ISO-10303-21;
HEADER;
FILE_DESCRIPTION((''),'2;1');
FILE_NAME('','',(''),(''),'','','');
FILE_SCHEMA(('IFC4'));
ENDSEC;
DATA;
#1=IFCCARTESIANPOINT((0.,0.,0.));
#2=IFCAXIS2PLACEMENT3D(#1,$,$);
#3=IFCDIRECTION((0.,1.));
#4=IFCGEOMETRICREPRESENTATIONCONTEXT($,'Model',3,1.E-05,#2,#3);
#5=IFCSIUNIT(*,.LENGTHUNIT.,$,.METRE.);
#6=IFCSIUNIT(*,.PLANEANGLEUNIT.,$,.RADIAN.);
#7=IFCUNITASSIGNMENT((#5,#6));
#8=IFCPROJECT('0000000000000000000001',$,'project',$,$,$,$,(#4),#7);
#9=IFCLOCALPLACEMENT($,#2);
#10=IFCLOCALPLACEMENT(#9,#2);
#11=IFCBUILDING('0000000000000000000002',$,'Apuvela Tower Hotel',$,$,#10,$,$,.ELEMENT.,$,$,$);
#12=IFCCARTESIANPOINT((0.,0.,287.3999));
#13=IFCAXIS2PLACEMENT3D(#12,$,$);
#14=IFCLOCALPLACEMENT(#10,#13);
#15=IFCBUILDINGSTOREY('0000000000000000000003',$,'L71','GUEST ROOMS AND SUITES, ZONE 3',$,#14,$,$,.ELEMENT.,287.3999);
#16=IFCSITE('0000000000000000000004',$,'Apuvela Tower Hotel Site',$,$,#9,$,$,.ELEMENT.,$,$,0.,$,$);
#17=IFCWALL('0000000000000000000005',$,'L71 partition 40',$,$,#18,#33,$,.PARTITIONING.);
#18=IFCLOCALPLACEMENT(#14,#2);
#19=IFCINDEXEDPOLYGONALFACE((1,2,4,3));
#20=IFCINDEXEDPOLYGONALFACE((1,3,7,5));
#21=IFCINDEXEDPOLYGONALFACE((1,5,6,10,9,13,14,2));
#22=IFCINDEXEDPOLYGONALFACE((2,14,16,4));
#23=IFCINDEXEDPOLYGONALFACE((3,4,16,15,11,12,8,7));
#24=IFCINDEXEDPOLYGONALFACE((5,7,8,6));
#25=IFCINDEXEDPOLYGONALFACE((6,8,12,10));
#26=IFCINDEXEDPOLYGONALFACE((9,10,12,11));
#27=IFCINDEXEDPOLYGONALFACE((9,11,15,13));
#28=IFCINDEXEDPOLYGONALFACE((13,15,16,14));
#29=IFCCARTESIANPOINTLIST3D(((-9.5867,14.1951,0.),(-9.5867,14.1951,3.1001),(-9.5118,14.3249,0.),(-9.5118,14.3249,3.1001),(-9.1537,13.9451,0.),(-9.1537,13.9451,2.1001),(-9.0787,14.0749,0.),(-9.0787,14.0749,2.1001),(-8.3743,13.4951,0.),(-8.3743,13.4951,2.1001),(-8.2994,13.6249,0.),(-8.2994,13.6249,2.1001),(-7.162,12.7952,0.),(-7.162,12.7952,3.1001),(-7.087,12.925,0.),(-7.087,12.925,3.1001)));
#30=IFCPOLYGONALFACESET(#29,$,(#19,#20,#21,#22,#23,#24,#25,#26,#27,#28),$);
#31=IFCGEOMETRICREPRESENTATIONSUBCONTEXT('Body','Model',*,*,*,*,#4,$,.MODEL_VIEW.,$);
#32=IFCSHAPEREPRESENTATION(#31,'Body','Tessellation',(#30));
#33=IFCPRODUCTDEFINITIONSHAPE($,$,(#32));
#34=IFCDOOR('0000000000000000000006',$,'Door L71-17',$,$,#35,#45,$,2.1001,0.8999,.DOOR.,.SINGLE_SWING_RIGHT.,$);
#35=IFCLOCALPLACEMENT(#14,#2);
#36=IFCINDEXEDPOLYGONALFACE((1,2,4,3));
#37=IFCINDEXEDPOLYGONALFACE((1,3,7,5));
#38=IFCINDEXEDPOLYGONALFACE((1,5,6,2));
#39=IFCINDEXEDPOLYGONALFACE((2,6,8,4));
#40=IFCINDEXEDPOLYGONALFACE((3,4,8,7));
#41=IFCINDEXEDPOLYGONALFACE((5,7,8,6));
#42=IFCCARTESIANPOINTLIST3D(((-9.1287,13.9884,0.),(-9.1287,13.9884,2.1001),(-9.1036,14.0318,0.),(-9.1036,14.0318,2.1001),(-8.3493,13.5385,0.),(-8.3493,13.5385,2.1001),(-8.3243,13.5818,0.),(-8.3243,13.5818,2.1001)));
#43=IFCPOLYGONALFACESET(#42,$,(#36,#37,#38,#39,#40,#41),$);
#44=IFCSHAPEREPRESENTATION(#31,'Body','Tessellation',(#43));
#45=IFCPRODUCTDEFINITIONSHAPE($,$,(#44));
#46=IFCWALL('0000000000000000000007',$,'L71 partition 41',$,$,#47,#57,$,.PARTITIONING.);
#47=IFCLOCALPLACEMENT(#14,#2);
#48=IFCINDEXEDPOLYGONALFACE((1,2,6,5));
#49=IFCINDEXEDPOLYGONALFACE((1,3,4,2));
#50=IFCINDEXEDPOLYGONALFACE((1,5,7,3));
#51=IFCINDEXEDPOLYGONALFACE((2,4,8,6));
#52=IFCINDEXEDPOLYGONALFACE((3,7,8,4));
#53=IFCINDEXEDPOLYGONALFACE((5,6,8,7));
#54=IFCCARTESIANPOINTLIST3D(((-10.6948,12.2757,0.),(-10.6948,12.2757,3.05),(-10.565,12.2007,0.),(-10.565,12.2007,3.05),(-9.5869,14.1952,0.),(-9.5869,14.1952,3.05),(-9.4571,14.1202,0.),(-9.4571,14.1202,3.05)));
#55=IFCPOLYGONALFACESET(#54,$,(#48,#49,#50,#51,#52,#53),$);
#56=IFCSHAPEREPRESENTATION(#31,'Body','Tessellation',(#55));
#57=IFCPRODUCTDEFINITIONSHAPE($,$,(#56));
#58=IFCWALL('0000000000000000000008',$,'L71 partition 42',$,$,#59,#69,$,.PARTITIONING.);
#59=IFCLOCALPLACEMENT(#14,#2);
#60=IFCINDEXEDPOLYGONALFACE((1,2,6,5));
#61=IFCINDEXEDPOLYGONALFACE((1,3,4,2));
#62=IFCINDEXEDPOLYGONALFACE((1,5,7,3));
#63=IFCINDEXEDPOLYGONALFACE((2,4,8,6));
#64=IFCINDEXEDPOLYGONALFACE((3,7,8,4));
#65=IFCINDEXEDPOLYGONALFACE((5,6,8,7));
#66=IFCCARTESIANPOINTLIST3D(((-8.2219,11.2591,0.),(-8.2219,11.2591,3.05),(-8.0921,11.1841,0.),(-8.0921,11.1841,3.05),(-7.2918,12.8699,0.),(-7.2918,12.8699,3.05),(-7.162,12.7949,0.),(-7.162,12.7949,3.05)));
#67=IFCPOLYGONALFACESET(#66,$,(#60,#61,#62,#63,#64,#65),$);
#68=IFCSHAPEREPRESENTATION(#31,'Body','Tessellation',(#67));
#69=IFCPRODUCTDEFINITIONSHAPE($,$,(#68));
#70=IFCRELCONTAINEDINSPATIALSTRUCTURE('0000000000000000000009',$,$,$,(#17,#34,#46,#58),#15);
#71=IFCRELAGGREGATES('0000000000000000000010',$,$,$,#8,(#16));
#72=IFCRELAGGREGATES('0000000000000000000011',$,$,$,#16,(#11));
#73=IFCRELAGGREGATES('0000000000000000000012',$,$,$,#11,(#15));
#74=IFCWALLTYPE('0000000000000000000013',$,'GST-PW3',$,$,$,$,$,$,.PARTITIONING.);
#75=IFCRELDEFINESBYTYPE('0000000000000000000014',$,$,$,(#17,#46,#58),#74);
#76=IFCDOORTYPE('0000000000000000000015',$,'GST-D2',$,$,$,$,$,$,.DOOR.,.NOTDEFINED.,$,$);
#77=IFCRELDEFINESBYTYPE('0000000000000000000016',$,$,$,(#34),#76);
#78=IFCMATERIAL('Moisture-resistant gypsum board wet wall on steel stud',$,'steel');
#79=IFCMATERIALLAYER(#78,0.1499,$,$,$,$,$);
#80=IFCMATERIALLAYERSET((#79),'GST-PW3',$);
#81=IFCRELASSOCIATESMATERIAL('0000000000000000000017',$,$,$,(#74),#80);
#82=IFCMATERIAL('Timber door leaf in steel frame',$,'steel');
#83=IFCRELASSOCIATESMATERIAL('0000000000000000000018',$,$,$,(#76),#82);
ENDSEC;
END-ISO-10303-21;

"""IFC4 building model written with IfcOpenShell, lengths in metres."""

from ifc_helpers import new_model, si_unit, direction, frame, frame_2d, origin, place, context, subcontext, project, spatial, rectangle, extrude, material, layer, layer_set, type_object, element, fill, save


model = new_model("IFC4")

# Units and contexts
model_context = context("Model", 3, precision=1e-05, world=origin(), true_north=direction((0.0, 1.0)))
body_context = subcontext(model_context, "Body", "Model", "MODEL_VIEW")
ifc_project = project(units=[si_unit("LENGTHUNIT", "METRE"), si_unit("PLANEANGLEUNIT", "RADIAN")], contexts=[model_context])

# Site, building, storey
site_placement = place(None, origin())
site = spatial("IfcSite", under=ifc_project, at=site_placement, Name="Apuvela Tower Hotel Site", CompositionType="ELEMENT", RefElevation=0.0)
building_placement = place(site_placement, origin())
building = spatial("IfcBuilding", under=site, at=building_placement, Name="Apuvela Tower Hotel", CompositionType="ELEMENT")
storey_placement = place(building_placement, frame((0.0, 0.0, 287.3999)))
storey = spatial("IfcBuildingStorey", under=building, at=storey_placement, Name="L71", Description="GUEST ROOMS AND SUITES, ZONE 3", CompositionType="ELEMENT", Elevation=287.3999)

# Wall, opening, door
ifc_material_1 = material(Name="Moisture-resistant gypsum board wet wall on steel stud", Category="steel")
ifc_layer_1 = layer(ifc_material_1, 0.1499)
ifc_layer_set_1 = layer_set([ifc_layer_1], Name="GST-PW3")
wall_type_1 = type_object("IfcWallType", Name="GST-PW3", PredefinedType="PARTITIONING", material=ifc_layer_set_1)
wall_1_placement = place(storey_placement, frame((-7.1245, 12.8601, 0.0), z_axis=(0.0, 0.0, 1.0), x_axis=(-0.866035, 0.499984, 0.0)))
wall_1 = element("IfcWall", 1, at=wall_1_placement, inside=storey, type_object=wall_type_1, Name="L71 partition 40", PredefinedType="PARTITIONING", context=body_context, shape_type="SweptSolid", body=[
    extrude(rectangle(XDim=2.7998, YDim=0.1499, at=frame_2d((1.3999, 0.0))), origin(), (0.0, 0.0, 1.0), 3.1001),
])
opening_1_placement = place(wall_1_placement, frame((1.3999, 0.0, 0.0)))
opening_1 = element("IfcOpeningElement", 2, at=opening_1_placement, cuts=wall_1, PredefinedType="OPENING", context=body_context, shape_type="SweptSolid", body=[
    extrude(rectangle(XDim=0.8999, YDim=2.1001, at=frame_2d((0.45, 1.05))), frame((0.0, 0.085, 0.0), z_axis=(0.0, -1.0, 0.0), x_axis=(1.0, 0.0, 0.0)), (0.0, 0.0, 1.0), 0.1699),
])
ifc_material_2 = material(Name="Timber door leaf in steel frame", Category="steel")
door_type_1 = type_object("IfcDoorType", Name="GST-D2", OperationType="NOTDEFINED", PredefinedType="DOOR", material=ifc_material_2)
door_1_placement = place(opening_1_placement, origin())
door_1 = element("IfcDoor", 3, at=door_1_placement, inside=storey, type_object=door_type_1, Name="Door L71-17", OperationType="SINGLE_SWING_RIGHT", OverallHeight=2.1001, OverallWidth=0.8999, PredefinedType="DOOR", context=body_context, shape_type="SweptSolid", body=[
    extrude(rectangle(XDim=0.8999, YDim=2.1001, at=frame_2d((0.45, 1.05))), frame((0.0, 0.0249, 0.0), z_axis=(0.0, -1.0, 0.0), x_axis=(1.0, 0.0, 0.0)), (0.0, 0.0, 1.0), 0.05),
])
fill(opening_1, door_1)

# Walls
wall_2_placement = place(storey_placement, frame((-9.522, 14.1577, 0.0), z_axis=(0.0, 0.0, 1.0), x_axis=(-0.499907, -0.866079, 0.0)))
element("IfcWall", 4, at=wall_2_placement, inside=storey, type_object=wall_type_1, Name="L71 partition 41", PredefinedType="PARTITIONING", context=body_context, shape_type="SweptSolid", body=[
    extrude(rectangle(XDim=2.2163, YDim=0.1499, at=frame_2d((1.1082, 0.0))), origin(), (0.0, 0.0, 1.0), 3.05),
])
wall_3_placement = place(storey_placement, frame((-7.2268, 12.8325, 0.0), z_axis=(0.0, 0.0, 1.0), x_axis=(-0.500063, -0.865989, 0.0)))
element("IfcWall", 5, at=wall_3_placement, inside=storey, type_object=wall_type_1, Name="L71 partition 42", PredefinedType="PARTITIONING", context=body_context, shape_type="SweptSolid", body=[
    extrude(rectangle(XDim=1.8601, YDim=0.1499, at=frame_2d((0.9302, 0.0))), origin(), (0.0, 0.0, 1.0), 3.05),
])

save(model, "model.ifc")
